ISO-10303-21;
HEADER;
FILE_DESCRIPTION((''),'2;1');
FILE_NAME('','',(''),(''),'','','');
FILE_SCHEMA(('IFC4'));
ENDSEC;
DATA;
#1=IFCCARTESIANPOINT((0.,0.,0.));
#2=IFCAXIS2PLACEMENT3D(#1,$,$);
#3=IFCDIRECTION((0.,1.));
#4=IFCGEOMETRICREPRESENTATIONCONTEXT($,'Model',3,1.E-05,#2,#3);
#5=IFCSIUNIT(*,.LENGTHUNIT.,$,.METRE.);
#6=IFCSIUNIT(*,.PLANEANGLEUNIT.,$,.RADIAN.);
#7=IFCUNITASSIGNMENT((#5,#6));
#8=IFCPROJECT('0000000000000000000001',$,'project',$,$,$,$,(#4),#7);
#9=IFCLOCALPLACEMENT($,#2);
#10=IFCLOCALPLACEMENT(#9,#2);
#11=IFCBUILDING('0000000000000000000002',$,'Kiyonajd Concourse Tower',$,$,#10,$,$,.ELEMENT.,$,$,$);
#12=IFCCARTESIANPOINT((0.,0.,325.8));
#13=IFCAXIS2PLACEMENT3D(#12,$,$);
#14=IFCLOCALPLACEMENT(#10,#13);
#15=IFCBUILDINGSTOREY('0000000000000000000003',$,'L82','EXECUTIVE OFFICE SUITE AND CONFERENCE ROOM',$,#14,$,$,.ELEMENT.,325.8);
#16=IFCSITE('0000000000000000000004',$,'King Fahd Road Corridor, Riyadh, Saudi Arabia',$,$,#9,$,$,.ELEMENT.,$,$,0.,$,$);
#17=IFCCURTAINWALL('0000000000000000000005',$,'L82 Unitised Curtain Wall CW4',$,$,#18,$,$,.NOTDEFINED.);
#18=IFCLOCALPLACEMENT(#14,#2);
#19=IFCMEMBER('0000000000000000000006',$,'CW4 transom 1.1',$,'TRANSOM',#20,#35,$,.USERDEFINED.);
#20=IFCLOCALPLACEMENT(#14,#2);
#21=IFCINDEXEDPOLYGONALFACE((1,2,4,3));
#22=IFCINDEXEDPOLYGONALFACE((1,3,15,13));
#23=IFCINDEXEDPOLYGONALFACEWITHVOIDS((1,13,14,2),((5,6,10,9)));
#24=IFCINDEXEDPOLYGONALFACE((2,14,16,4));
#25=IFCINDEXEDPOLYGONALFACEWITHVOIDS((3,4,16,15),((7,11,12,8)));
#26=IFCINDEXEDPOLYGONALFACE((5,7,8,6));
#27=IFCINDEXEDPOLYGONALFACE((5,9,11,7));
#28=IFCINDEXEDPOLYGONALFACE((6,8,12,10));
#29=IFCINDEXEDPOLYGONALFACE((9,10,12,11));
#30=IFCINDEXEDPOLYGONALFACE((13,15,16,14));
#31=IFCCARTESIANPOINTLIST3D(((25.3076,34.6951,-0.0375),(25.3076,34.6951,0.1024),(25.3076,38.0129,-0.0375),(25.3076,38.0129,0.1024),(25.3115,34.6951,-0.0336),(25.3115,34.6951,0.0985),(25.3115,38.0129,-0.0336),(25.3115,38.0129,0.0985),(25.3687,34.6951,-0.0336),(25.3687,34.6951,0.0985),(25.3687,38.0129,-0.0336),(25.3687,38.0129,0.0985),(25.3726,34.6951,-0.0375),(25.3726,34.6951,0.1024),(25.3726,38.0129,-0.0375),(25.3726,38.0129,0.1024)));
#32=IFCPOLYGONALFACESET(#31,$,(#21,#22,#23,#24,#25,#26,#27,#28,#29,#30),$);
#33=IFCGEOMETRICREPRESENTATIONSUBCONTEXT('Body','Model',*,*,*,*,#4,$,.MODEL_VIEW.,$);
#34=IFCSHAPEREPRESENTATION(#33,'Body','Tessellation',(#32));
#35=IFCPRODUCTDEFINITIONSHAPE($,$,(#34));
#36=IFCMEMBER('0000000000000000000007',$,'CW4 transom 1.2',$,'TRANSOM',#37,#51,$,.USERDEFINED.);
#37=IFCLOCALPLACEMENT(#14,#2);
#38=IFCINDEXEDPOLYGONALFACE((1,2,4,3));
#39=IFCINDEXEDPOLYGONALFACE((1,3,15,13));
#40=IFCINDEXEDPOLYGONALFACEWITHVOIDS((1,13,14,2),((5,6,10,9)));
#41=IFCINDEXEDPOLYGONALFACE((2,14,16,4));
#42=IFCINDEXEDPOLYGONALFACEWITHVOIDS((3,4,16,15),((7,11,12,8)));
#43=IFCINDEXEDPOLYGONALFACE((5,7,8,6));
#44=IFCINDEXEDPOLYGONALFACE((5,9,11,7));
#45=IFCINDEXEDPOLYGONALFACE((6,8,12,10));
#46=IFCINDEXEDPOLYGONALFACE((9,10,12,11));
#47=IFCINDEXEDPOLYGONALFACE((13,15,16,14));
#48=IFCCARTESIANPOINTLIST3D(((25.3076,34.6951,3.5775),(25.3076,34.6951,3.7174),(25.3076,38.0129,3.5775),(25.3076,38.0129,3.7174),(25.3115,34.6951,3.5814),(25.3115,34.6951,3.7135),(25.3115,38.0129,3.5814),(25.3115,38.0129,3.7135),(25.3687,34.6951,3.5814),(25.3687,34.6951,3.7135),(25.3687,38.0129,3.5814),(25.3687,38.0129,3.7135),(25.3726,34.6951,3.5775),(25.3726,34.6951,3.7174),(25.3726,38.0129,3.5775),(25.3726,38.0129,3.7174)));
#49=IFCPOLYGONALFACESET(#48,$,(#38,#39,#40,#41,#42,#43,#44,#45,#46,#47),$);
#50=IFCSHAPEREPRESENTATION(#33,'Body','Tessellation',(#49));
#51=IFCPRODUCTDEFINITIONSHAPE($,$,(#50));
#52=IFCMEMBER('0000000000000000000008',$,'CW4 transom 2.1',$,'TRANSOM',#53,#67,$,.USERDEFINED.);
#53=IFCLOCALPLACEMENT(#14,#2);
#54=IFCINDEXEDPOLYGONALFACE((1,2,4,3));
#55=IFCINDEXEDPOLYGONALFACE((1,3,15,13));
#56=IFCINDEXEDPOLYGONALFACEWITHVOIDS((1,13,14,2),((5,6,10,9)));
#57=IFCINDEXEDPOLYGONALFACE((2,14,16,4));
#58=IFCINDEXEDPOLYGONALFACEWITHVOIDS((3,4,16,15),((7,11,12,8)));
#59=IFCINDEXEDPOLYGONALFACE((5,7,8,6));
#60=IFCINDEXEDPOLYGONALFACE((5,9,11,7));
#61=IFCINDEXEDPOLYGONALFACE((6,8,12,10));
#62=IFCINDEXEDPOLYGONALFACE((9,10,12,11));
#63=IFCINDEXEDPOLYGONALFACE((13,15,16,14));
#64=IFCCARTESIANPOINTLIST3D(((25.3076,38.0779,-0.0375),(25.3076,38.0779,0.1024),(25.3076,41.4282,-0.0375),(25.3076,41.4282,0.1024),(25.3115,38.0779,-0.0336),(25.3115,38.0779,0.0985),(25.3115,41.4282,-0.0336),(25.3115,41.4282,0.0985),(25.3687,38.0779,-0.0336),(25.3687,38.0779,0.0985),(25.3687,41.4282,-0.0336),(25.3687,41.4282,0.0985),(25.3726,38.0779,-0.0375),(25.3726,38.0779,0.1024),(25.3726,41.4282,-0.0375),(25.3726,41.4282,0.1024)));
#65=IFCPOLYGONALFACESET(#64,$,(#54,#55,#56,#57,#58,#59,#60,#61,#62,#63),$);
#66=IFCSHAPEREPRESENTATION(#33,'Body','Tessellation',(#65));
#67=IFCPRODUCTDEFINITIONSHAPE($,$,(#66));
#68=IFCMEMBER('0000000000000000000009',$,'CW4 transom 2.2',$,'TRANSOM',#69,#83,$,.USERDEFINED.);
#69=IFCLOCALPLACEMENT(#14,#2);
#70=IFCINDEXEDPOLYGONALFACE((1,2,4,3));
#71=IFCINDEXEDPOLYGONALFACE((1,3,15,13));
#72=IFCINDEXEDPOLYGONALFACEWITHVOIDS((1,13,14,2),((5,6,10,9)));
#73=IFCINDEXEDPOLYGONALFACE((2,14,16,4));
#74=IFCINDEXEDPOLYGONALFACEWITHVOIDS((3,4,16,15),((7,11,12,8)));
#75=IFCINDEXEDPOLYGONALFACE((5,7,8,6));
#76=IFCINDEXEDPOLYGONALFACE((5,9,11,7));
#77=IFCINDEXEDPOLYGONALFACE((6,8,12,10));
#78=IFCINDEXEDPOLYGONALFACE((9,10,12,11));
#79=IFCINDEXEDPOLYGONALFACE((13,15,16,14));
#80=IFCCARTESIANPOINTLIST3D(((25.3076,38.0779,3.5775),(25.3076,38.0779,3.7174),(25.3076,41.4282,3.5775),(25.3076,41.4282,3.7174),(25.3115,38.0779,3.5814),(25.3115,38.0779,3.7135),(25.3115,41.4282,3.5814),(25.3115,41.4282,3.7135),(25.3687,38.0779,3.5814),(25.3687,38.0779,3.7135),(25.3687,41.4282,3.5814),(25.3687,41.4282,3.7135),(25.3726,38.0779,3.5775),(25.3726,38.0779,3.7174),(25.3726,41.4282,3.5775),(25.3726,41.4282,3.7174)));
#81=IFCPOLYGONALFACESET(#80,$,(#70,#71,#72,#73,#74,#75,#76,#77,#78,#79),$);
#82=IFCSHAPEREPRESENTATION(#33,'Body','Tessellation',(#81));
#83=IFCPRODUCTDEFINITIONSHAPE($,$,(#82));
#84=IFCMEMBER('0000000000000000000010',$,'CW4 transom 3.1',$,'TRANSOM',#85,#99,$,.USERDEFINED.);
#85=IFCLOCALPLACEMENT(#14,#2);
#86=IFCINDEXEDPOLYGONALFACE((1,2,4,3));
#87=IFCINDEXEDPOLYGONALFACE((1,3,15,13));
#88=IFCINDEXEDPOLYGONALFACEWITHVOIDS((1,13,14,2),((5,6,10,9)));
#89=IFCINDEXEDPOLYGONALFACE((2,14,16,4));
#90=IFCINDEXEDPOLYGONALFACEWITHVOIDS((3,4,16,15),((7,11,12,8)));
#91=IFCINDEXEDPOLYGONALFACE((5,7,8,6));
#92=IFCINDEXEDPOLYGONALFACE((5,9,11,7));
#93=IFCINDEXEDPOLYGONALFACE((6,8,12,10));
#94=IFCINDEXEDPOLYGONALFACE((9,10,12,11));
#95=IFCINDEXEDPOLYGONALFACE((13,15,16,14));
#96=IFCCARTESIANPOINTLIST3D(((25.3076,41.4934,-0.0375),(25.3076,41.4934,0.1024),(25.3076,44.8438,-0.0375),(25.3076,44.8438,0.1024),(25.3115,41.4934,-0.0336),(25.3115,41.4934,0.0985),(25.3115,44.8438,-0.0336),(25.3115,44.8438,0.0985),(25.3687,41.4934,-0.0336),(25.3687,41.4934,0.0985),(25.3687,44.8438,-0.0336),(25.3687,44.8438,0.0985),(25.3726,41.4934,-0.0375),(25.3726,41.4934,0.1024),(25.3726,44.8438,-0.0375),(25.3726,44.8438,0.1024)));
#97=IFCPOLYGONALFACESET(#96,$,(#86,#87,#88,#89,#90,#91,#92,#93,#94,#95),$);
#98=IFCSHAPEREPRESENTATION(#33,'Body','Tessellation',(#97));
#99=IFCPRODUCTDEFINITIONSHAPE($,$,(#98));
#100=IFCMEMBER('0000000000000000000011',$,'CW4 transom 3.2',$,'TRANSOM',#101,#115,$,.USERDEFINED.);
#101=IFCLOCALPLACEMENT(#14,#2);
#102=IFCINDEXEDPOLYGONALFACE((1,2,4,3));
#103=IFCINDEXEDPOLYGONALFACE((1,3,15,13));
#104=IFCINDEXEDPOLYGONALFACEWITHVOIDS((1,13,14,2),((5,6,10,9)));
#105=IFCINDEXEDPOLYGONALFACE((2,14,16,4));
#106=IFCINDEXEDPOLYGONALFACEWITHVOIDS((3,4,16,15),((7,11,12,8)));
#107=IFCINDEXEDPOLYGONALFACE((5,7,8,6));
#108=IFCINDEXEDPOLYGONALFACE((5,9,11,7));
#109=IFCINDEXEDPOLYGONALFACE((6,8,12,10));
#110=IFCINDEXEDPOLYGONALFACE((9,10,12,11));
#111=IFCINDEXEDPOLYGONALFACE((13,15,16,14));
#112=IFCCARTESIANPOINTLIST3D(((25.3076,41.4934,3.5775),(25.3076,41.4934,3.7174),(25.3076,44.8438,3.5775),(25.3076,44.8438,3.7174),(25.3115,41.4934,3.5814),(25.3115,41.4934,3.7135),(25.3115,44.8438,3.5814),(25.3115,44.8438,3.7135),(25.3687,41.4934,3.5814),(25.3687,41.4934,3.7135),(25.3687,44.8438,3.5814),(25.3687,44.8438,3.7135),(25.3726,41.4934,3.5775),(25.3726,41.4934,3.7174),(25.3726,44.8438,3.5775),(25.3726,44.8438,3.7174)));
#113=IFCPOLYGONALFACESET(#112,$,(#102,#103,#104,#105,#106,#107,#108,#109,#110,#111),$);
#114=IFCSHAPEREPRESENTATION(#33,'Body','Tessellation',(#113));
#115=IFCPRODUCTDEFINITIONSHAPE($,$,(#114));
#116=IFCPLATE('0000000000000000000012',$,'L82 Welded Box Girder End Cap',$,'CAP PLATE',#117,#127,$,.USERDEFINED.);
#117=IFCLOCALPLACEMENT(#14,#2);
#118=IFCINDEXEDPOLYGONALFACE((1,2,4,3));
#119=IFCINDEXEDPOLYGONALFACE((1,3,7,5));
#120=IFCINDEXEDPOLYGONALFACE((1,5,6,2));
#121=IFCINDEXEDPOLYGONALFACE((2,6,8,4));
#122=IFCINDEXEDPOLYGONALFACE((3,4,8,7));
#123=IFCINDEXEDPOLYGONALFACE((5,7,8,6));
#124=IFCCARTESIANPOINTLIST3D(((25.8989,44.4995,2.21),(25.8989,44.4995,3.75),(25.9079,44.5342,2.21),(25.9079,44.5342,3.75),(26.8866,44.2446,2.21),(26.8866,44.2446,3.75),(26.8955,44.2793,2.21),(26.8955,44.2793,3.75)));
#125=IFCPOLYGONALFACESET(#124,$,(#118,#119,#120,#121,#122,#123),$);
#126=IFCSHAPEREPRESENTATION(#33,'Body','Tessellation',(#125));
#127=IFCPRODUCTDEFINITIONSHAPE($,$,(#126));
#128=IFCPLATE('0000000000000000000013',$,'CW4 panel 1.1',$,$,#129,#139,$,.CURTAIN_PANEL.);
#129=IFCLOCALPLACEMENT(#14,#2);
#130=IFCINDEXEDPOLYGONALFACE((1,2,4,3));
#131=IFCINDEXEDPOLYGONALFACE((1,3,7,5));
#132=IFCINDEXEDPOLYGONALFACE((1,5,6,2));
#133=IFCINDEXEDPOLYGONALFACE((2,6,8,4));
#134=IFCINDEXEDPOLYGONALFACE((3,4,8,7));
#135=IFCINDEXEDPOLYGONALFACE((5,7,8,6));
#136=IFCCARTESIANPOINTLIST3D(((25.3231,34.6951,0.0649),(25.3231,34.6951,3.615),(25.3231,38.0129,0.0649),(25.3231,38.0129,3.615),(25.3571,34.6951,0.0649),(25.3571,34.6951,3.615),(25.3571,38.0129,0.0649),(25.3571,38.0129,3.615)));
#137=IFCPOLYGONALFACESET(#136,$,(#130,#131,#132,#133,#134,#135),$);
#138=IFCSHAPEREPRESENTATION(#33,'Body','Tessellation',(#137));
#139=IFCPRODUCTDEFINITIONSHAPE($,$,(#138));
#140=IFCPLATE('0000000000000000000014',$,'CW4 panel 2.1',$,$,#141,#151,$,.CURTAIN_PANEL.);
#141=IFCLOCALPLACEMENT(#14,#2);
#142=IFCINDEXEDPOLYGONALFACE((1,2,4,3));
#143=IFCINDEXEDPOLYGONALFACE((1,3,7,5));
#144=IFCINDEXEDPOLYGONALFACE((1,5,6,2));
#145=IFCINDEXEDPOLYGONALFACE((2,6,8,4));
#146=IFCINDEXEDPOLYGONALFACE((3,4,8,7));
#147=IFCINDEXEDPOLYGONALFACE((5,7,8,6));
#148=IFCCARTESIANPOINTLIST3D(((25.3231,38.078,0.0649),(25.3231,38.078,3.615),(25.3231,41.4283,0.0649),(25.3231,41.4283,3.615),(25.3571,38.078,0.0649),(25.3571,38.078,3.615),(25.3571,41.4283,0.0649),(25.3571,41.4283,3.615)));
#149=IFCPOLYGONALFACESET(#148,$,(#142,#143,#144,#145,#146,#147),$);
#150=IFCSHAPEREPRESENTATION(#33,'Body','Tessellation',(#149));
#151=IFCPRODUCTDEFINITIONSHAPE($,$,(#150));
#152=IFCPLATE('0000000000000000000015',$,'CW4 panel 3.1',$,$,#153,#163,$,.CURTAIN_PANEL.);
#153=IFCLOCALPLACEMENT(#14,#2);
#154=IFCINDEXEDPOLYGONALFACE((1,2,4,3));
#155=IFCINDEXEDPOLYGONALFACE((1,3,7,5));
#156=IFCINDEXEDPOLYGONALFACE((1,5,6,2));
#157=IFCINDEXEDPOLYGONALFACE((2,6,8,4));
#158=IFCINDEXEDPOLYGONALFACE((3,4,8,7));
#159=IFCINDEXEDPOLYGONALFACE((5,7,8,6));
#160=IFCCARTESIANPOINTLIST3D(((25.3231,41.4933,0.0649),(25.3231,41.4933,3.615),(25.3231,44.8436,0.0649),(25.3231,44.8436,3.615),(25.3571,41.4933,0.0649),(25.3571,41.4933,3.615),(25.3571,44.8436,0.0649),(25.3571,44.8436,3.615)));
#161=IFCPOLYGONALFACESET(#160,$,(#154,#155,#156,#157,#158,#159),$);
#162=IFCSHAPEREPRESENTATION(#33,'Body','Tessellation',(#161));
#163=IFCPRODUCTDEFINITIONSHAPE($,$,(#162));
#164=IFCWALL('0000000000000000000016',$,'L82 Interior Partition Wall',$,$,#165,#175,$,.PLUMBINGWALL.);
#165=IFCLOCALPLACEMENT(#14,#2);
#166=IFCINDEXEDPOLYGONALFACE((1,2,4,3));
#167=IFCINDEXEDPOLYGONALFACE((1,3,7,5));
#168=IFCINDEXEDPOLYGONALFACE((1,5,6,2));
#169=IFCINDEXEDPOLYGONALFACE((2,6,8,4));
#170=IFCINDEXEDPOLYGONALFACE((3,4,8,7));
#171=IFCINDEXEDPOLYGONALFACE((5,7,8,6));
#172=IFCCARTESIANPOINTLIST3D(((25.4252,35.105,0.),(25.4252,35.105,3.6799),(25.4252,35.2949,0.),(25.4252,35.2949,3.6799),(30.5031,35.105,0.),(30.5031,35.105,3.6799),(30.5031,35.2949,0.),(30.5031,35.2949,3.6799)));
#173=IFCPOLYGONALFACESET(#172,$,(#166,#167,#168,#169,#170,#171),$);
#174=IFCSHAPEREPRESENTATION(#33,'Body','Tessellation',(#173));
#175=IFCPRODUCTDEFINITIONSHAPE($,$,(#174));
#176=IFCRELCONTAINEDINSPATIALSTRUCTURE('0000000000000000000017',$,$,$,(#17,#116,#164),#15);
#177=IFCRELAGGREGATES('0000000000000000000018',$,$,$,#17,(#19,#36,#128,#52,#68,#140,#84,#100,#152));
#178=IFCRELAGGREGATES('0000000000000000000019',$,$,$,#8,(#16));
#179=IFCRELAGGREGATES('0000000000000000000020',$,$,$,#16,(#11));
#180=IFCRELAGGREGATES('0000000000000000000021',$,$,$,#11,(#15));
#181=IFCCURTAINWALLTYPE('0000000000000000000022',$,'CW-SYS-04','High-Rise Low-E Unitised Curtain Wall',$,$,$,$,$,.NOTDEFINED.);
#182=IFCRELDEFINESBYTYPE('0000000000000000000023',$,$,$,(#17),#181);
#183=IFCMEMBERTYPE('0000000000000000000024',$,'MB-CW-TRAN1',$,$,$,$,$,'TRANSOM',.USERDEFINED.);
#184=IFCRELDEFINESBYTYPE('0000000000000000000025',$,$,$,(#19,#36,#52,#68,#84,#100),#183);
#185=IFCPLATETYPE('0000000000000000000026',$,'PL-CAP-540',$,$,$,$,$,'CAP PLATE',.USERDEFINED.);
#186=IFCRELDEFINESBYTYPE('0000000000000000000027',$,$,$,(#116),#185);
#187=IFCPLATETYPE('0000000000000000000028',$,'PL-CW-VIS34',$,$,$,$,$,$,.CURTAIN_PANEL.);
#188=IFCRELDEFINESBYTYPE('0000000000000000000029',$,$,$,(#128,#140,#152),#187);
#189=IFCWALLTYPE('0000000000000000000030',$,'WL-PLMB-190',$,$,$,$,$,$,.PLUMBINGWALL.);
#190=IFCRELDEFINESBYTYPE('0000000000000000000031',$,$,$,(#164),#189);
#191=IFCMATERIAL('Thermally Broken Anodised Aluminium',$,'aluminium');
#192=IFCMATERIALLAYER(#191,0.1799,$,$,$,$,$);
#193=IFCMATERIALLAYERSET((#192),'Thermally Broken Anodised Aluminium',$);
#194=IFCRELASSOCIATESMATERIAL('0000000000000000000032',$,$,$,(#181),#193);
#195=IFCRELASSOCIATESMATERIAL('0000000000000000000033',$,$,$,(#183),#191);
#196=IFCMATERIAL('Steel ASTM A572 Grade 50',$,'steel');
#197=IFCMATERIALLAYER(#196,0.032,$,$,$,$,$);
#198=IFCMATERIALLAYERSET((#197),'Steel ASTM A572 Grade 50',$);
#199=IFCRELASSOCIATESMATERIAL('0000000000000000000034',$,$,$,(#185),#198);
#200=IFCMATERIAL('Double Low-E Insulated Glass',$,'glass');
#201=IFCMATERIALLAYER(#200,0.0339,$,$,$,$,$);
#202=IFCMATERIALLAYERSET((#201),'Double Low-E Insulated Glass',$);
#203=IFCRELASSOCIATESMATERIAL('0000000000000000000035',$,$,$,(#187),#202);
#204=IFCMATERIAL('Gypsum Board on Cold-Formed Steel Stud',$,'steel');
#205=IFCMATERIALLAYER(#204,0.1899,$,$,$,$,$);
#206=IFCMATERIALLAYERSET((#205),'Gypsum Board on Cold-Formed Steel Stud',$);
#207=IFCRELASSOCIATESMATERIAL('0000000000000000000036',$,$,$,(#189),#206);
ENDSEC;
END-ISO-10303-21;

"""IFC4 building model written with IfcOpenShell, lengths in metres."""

from ifc_helpers import new_model, si_unit, direction, frame, frame_2d, origin, origin_2d, place, context, subcontext, project, spatial, rectangle, hollow_rectangle, extrude, material, layer, layer_set, material_profile, profile_set, type_object, element, aggregate, save


model = new_model("IFC4")

# Units and contexts
model_context = context("Model", 3, precision=1e-05, world=origin(), true_north=direction((0.0, 1.0)))
body_context = subcontext(model_context, "Body", "Model", "MODEL_VIEW")
ifc_project = project(units=[si_unit("LENGTHUNIT", "METRE"), si_unit("PLANEANGLEUNIT", "RADIAN")], contexts=[model_context])

# Site, building, storey
site_placement = place(None, origin())
site = spatial("IfcSite", under=ifc_project, at=site_placement, Name="King Fahd Road Corridor, Riyadh, Saudi Arabia", CompositionType="ELEMENT", RefElevation=0.0)
building_placement = place(site_placement, origin())
building = spatial("IfcBuilding", under=site, at=building_placement, Name="Kiyonajd Concourse Tower", CompositionType="ELEMENT")
storey_placement = place(building_placement, frame((0.0, 0.0, 325.8)))
storey = spatial("IfcBuildingStorey", under=building, at=storey_placement, Name="L82", Description="EXECUTIVE OFFICE SUITE AND CONFERENCE ROOM", CompositionType="ELEMENT", Elevation=325.8)

# Curtain wall, members
ifc_material_1 = material(Name="Thermally Broken Anodised Aluminium", Category="aluminium")
ifc_layer_1 = layer(ifc_material_1, 0.1799)
ifc_layer_set_1 = layer_set([ifc_layer_1], Name="Thermally Broken Anodised Aluminium")
curtain_wall_type = type_object("IfcCurtainWallType", Name="CW-SYS-04", Description="High-Rise Low-E Unitised Curtain Wall", PredefinedType="NOTDEFINED", material=ifc_layer_set_1)
curtain_wall_placement = place(storey_placement, origin())
curtain_wall = element("IfcCurtainWall", 1, at=curtain_wall_placement, inside=storey, type_object=curtain_wall_type, Name="L82 Unitised Curtain Wall CW4", PredefinedType="NOTDEFINED")
ifc_material_profile_1 = material_profile(ifc_material_1, hollow_rectangle(XDim=0.0649, YDim=0.1399, WallThickness=0.0039, at=origin_2d()), Name="TRAN-65x140")
ifc_profile_set_1 = profile_set([ifc_material_profile_1], Name="Thermally Broken Anodised Aluminium")
member_type_1 = type_object("IfcMemberType", Name="MB-CW-TRAN1", ElementType="TRANSOM", PredefinedType="USERDEFINED", material=ifc_profile_set_1)
member_1_placement = place(storey_placement, frame((25.3401, 34.6951, 0.0325), z_axis=(0.0, 1.0, 0.0), x_axis=(-1.0, 0.0, 0.0)))
member_1 = element("IfcMember", 2, at=member_1_placement, type_object=member_type_1, Name="CW4 transom 1.1", ObjectType="TRANSOM", PredefinedType="USERDEFINED", context=body_context, shape_type="SweptSolid", body=[
    extrude(hollow_rectangle(XDim=0.0649, YDim=0.1399, WallThickness=0.0039, at=origin_2d()), origin(), (0.0, 0.0, 1.0), 3.3179),
])
member_2_placement = place(storey_placement, frame((25.3401, 34.6951, 3.6475), z_axis=(0.0, 1.0, 0.0), x_axis=(-1.0, 0.0, 0.0)))
member_2 = element("IfcMember", 3, at=member_2_placement, type_object=member_type_1, Name="CW4 transom 1.2", ObjectType="TRANSOM", PredefinedType="USERDEFINED", context=body_context, shape_type="SweptSolid", body=[
    extrude(hollow_rectangle(XDim=0.0649, YDim=0.1399, WallThickness=0.0039, at=origin_2d()), origin(), (0.0, 0.0, 1.0), 3.3179),
])
member_3_placement = place(storey_placement, frame((25.3401, 38.0779, 0.0325), z_axis=(0.0, 1.0, 0.0), x_axis=(-1.0, 0.0, 0.0)))
member_3 = element("IfcMember", 4, at=member_3_placement, type_object=member_type_1, Name="CW4 transom 2.1", ObjectType="TRANSOM", PredefinedType="USERDEFINED", context=body_context, shape_type="SweptSolid", body=[
    extrude(hollow_rectangle(XDim=0.0649, YDim=0.1399, WallThickness=0.0039, at=origin_2d()), origin(), (0.0, 0.0, 1.0), 3.3503),
])
member_4_placement = place(storey_placement, frame((25.3401, 38.0779, 3.6475), z_axis=(0.0, 1.0, 0.0), x_axis=(-1.0, 0.0, 0.0)))
member_4 = element("IfcMember", 5, at=member_4_placement, type_object=member_type_1, Name="CW4 transom 2.2", ObjectType="TRANSOM", PredefinedType="USERDEFINED", context=body_context, shape_type="SweptSolid", body=[
    extrude(hollow_rectangle(XDim=0.0649, YDim=0.1399, WallThickness=0.0039, at=origin_2d()), origin(), (0.0, 0.0, 1.0), 3.3503),
])
member_5_placement = place(storey_placement, frame((25.3401, 41.4934, 0.0325), z_axis=(0.0, 1.0, 0.0), x_axis=(-1.0, 0.0, 0.0)))
member_5 = element("IfcMember", 6, at=member_5_placement, type_object=member_type_1, Name="CW4 transom 3.1", ObjectType="TRANSOM", PredefinedType="USERDEFINED", context=body_context, shape_type="SweptSolid", body=[
    extrude(hollow_rectangle(XDim=0.0649, YDim=0.1399, WallThickness=0.0039, at=origin_2d()), origin(), (0.0, 0.0, 1.0), 3.3503),
])
member_6_placement = place(storey_placement, frame((25.3401, 41.4934, 3.6475), z_axis=(0.0, 1.0, 0.0), x_axis=(-1.0, 0.0, 0.0)))
member_6 = element("IfcMember", 7, at=member_6_placement, type_object=member_type_1, Name="CW4 transom 3.2", ObjectType="TRANSOM", PredefinedType="USERDEFINED", context=body_context, shape_type="SweptSolid", body=[
    extrude(hollow_rectangle(XDim=0.0649, YDim=0.1399, WallThickness=0.0039, at=origin_2d()), origin(), (0.0, 0.0, 1.0), 3.3503),
])

# Plates
ifc_material_2 = material(Name="Steel ASTM A572 Grade 50", Category="steel")
ifc_layer_2 = layer(ifc_material_2, 0.032)
ifc_layer_set_2 = layer_set([ifc_layer_2], Name="Steel ASTM A572 Grade 50")
plate_type_1 = type_object("IfcPlateType", Name="PL-CAP-540", ElementType="CAP PLATE", PredefinedType="USERDEFINED", material=ifc_layer_set_2)
plate_1_placement = place(storey_placement, frame((26.3972, 44.3894, 2.21), z_axis=(0.0, 0.0, 1.0), x_axis=(-0.249873, -0.968279, 0.0)))
element("IfcPlate", 8, at=plate_1_placement, inside=storey, type_object=plate_type_1, Name="L82 Welded Box Girder End Cap", ObjectType="CAP PLATE", PredefinedType="USERDEFINED", context=body_context, shape_type="SweptSolid", body=[
    extrude(rectangle(XDim=0.0359, YDim=1.02, at=origin_2d()), origin(), (0.0, 0.0, 1.0), 1.54),
])
ifc_material_3 = material(Name="Double Low-E Insulated Glass", Category="glass")
ifc_layer_3 = layer(ifc_material_3, 0.0339)
ifc_layer_set_3 = layer_set([ifc_layer_3], Name="Double Low-E Insulated Glass")
plate_type_2 = type_object("IfcPlateType", Name="PL-CW-VIS34", PredefinedType="CURTAIN_PANEL", material=ifc_layer_set_3)
plate_2_placement = place(storey_placement, frame((25.3401, 36.354, 0.0649), z_axis=(0.0, 0.0, 1.0), x_axis=(0.0, 1.0, 0.0)))
plate_2 = element("IfcPlate", 9, at=plate_2_placement, type_object=plate_type_2, Name="CW4 panel 1.1", PredefinedType="CURTAIN_PANEL", context=body_context, shape_type="SweptSolid", body=[
    extrude(rectangle(XDim=3.3179, YDim=0.0339, at=origin_2d()), origin(), (0.0, 0.0, 1.0), 3.55),
])
plate_3_placement = place(storey_placement, frame((25.3401, 39.7532, 0.0649), z_axis=(0.0, 0.0, 1.0), x_axis=(0.0, 1.0, 0.0)))
plate_3 = element("IfcPlate", 10, at=plate_3_placement, type_object=plate_type_2, Name="CW4 panel 2.1", PredefinedType="CURTAIN_PANEL", context=body_context, shape_type="SweptSolid", body=[
    extrude(rectangle(XDim=3.3503, YDim=0.0339, at=origin_2d()), origin(), (0.0, 0.0, 1.0), 3.55),
])
plate_4_placement = place(storey_placement, frame((25.3401, 43.1685, 0.0649), z_axis=(0.0, 0.0, 1.0), x_axis=(0.0, 1.0, 0.0)))
plate_4 = element("IfcPlate", 11, at=plate_4_placement, type_object=plate_type_2, Name="CW4 panel 3.1", PredefinedType="CURTAIN_PANEL", context=body_context, shape_type="SweptSolid", body=[
    extrude(rectangle(XDim=3.3503, YDim=0.0339, at=origin_2d()), origin(), (0.0, 0.0, 1.0), 3.55),
])
aggregate(curtain_wall, [member_1, member_2, plate_2, member_3, member_4, plate_3, member_5, member_6, plate_4])

# Wall
ifc_material_4 = material(Name="Gypsum Board on Cold-Formed Steel Stud", Category="steel")
ifc_layer_4 = layer(ifc_material_4, 0.1899)
ifc_layer_set_4 = layer_set([ifc_layer_4], Name="Gypsum Board on Cold-Formed Steel Stud")
wall_type = type_object("IfcWallType", Name="WL-PLMB-190", PredefinedType="PLUMBINGWALL", material=ifc_layer_set_4)
wall_placement = place(storey_placement, frame((25.425, 35.2, 0.0), z_axis=(0.0, 0.0, 1.0), x_axis=(1.0, 0.0, 0.0)))
element("IfcWall", 12, at=wall_placement, inside=storey, type_object=wall_type, Name="L82 Interior Partition Wall", PredefinedType="PLUMBINGWALL", context=body_context, shape_type="SweptSolid", body=[
    extrude(rectangle(XDim=5.0779, YDim=0.1899, at=frame_2d((2.5391, 0.0))), origin(), (0.0, 0.0, 1.0), 3.6799),
])

save(model, "model.ifc")
